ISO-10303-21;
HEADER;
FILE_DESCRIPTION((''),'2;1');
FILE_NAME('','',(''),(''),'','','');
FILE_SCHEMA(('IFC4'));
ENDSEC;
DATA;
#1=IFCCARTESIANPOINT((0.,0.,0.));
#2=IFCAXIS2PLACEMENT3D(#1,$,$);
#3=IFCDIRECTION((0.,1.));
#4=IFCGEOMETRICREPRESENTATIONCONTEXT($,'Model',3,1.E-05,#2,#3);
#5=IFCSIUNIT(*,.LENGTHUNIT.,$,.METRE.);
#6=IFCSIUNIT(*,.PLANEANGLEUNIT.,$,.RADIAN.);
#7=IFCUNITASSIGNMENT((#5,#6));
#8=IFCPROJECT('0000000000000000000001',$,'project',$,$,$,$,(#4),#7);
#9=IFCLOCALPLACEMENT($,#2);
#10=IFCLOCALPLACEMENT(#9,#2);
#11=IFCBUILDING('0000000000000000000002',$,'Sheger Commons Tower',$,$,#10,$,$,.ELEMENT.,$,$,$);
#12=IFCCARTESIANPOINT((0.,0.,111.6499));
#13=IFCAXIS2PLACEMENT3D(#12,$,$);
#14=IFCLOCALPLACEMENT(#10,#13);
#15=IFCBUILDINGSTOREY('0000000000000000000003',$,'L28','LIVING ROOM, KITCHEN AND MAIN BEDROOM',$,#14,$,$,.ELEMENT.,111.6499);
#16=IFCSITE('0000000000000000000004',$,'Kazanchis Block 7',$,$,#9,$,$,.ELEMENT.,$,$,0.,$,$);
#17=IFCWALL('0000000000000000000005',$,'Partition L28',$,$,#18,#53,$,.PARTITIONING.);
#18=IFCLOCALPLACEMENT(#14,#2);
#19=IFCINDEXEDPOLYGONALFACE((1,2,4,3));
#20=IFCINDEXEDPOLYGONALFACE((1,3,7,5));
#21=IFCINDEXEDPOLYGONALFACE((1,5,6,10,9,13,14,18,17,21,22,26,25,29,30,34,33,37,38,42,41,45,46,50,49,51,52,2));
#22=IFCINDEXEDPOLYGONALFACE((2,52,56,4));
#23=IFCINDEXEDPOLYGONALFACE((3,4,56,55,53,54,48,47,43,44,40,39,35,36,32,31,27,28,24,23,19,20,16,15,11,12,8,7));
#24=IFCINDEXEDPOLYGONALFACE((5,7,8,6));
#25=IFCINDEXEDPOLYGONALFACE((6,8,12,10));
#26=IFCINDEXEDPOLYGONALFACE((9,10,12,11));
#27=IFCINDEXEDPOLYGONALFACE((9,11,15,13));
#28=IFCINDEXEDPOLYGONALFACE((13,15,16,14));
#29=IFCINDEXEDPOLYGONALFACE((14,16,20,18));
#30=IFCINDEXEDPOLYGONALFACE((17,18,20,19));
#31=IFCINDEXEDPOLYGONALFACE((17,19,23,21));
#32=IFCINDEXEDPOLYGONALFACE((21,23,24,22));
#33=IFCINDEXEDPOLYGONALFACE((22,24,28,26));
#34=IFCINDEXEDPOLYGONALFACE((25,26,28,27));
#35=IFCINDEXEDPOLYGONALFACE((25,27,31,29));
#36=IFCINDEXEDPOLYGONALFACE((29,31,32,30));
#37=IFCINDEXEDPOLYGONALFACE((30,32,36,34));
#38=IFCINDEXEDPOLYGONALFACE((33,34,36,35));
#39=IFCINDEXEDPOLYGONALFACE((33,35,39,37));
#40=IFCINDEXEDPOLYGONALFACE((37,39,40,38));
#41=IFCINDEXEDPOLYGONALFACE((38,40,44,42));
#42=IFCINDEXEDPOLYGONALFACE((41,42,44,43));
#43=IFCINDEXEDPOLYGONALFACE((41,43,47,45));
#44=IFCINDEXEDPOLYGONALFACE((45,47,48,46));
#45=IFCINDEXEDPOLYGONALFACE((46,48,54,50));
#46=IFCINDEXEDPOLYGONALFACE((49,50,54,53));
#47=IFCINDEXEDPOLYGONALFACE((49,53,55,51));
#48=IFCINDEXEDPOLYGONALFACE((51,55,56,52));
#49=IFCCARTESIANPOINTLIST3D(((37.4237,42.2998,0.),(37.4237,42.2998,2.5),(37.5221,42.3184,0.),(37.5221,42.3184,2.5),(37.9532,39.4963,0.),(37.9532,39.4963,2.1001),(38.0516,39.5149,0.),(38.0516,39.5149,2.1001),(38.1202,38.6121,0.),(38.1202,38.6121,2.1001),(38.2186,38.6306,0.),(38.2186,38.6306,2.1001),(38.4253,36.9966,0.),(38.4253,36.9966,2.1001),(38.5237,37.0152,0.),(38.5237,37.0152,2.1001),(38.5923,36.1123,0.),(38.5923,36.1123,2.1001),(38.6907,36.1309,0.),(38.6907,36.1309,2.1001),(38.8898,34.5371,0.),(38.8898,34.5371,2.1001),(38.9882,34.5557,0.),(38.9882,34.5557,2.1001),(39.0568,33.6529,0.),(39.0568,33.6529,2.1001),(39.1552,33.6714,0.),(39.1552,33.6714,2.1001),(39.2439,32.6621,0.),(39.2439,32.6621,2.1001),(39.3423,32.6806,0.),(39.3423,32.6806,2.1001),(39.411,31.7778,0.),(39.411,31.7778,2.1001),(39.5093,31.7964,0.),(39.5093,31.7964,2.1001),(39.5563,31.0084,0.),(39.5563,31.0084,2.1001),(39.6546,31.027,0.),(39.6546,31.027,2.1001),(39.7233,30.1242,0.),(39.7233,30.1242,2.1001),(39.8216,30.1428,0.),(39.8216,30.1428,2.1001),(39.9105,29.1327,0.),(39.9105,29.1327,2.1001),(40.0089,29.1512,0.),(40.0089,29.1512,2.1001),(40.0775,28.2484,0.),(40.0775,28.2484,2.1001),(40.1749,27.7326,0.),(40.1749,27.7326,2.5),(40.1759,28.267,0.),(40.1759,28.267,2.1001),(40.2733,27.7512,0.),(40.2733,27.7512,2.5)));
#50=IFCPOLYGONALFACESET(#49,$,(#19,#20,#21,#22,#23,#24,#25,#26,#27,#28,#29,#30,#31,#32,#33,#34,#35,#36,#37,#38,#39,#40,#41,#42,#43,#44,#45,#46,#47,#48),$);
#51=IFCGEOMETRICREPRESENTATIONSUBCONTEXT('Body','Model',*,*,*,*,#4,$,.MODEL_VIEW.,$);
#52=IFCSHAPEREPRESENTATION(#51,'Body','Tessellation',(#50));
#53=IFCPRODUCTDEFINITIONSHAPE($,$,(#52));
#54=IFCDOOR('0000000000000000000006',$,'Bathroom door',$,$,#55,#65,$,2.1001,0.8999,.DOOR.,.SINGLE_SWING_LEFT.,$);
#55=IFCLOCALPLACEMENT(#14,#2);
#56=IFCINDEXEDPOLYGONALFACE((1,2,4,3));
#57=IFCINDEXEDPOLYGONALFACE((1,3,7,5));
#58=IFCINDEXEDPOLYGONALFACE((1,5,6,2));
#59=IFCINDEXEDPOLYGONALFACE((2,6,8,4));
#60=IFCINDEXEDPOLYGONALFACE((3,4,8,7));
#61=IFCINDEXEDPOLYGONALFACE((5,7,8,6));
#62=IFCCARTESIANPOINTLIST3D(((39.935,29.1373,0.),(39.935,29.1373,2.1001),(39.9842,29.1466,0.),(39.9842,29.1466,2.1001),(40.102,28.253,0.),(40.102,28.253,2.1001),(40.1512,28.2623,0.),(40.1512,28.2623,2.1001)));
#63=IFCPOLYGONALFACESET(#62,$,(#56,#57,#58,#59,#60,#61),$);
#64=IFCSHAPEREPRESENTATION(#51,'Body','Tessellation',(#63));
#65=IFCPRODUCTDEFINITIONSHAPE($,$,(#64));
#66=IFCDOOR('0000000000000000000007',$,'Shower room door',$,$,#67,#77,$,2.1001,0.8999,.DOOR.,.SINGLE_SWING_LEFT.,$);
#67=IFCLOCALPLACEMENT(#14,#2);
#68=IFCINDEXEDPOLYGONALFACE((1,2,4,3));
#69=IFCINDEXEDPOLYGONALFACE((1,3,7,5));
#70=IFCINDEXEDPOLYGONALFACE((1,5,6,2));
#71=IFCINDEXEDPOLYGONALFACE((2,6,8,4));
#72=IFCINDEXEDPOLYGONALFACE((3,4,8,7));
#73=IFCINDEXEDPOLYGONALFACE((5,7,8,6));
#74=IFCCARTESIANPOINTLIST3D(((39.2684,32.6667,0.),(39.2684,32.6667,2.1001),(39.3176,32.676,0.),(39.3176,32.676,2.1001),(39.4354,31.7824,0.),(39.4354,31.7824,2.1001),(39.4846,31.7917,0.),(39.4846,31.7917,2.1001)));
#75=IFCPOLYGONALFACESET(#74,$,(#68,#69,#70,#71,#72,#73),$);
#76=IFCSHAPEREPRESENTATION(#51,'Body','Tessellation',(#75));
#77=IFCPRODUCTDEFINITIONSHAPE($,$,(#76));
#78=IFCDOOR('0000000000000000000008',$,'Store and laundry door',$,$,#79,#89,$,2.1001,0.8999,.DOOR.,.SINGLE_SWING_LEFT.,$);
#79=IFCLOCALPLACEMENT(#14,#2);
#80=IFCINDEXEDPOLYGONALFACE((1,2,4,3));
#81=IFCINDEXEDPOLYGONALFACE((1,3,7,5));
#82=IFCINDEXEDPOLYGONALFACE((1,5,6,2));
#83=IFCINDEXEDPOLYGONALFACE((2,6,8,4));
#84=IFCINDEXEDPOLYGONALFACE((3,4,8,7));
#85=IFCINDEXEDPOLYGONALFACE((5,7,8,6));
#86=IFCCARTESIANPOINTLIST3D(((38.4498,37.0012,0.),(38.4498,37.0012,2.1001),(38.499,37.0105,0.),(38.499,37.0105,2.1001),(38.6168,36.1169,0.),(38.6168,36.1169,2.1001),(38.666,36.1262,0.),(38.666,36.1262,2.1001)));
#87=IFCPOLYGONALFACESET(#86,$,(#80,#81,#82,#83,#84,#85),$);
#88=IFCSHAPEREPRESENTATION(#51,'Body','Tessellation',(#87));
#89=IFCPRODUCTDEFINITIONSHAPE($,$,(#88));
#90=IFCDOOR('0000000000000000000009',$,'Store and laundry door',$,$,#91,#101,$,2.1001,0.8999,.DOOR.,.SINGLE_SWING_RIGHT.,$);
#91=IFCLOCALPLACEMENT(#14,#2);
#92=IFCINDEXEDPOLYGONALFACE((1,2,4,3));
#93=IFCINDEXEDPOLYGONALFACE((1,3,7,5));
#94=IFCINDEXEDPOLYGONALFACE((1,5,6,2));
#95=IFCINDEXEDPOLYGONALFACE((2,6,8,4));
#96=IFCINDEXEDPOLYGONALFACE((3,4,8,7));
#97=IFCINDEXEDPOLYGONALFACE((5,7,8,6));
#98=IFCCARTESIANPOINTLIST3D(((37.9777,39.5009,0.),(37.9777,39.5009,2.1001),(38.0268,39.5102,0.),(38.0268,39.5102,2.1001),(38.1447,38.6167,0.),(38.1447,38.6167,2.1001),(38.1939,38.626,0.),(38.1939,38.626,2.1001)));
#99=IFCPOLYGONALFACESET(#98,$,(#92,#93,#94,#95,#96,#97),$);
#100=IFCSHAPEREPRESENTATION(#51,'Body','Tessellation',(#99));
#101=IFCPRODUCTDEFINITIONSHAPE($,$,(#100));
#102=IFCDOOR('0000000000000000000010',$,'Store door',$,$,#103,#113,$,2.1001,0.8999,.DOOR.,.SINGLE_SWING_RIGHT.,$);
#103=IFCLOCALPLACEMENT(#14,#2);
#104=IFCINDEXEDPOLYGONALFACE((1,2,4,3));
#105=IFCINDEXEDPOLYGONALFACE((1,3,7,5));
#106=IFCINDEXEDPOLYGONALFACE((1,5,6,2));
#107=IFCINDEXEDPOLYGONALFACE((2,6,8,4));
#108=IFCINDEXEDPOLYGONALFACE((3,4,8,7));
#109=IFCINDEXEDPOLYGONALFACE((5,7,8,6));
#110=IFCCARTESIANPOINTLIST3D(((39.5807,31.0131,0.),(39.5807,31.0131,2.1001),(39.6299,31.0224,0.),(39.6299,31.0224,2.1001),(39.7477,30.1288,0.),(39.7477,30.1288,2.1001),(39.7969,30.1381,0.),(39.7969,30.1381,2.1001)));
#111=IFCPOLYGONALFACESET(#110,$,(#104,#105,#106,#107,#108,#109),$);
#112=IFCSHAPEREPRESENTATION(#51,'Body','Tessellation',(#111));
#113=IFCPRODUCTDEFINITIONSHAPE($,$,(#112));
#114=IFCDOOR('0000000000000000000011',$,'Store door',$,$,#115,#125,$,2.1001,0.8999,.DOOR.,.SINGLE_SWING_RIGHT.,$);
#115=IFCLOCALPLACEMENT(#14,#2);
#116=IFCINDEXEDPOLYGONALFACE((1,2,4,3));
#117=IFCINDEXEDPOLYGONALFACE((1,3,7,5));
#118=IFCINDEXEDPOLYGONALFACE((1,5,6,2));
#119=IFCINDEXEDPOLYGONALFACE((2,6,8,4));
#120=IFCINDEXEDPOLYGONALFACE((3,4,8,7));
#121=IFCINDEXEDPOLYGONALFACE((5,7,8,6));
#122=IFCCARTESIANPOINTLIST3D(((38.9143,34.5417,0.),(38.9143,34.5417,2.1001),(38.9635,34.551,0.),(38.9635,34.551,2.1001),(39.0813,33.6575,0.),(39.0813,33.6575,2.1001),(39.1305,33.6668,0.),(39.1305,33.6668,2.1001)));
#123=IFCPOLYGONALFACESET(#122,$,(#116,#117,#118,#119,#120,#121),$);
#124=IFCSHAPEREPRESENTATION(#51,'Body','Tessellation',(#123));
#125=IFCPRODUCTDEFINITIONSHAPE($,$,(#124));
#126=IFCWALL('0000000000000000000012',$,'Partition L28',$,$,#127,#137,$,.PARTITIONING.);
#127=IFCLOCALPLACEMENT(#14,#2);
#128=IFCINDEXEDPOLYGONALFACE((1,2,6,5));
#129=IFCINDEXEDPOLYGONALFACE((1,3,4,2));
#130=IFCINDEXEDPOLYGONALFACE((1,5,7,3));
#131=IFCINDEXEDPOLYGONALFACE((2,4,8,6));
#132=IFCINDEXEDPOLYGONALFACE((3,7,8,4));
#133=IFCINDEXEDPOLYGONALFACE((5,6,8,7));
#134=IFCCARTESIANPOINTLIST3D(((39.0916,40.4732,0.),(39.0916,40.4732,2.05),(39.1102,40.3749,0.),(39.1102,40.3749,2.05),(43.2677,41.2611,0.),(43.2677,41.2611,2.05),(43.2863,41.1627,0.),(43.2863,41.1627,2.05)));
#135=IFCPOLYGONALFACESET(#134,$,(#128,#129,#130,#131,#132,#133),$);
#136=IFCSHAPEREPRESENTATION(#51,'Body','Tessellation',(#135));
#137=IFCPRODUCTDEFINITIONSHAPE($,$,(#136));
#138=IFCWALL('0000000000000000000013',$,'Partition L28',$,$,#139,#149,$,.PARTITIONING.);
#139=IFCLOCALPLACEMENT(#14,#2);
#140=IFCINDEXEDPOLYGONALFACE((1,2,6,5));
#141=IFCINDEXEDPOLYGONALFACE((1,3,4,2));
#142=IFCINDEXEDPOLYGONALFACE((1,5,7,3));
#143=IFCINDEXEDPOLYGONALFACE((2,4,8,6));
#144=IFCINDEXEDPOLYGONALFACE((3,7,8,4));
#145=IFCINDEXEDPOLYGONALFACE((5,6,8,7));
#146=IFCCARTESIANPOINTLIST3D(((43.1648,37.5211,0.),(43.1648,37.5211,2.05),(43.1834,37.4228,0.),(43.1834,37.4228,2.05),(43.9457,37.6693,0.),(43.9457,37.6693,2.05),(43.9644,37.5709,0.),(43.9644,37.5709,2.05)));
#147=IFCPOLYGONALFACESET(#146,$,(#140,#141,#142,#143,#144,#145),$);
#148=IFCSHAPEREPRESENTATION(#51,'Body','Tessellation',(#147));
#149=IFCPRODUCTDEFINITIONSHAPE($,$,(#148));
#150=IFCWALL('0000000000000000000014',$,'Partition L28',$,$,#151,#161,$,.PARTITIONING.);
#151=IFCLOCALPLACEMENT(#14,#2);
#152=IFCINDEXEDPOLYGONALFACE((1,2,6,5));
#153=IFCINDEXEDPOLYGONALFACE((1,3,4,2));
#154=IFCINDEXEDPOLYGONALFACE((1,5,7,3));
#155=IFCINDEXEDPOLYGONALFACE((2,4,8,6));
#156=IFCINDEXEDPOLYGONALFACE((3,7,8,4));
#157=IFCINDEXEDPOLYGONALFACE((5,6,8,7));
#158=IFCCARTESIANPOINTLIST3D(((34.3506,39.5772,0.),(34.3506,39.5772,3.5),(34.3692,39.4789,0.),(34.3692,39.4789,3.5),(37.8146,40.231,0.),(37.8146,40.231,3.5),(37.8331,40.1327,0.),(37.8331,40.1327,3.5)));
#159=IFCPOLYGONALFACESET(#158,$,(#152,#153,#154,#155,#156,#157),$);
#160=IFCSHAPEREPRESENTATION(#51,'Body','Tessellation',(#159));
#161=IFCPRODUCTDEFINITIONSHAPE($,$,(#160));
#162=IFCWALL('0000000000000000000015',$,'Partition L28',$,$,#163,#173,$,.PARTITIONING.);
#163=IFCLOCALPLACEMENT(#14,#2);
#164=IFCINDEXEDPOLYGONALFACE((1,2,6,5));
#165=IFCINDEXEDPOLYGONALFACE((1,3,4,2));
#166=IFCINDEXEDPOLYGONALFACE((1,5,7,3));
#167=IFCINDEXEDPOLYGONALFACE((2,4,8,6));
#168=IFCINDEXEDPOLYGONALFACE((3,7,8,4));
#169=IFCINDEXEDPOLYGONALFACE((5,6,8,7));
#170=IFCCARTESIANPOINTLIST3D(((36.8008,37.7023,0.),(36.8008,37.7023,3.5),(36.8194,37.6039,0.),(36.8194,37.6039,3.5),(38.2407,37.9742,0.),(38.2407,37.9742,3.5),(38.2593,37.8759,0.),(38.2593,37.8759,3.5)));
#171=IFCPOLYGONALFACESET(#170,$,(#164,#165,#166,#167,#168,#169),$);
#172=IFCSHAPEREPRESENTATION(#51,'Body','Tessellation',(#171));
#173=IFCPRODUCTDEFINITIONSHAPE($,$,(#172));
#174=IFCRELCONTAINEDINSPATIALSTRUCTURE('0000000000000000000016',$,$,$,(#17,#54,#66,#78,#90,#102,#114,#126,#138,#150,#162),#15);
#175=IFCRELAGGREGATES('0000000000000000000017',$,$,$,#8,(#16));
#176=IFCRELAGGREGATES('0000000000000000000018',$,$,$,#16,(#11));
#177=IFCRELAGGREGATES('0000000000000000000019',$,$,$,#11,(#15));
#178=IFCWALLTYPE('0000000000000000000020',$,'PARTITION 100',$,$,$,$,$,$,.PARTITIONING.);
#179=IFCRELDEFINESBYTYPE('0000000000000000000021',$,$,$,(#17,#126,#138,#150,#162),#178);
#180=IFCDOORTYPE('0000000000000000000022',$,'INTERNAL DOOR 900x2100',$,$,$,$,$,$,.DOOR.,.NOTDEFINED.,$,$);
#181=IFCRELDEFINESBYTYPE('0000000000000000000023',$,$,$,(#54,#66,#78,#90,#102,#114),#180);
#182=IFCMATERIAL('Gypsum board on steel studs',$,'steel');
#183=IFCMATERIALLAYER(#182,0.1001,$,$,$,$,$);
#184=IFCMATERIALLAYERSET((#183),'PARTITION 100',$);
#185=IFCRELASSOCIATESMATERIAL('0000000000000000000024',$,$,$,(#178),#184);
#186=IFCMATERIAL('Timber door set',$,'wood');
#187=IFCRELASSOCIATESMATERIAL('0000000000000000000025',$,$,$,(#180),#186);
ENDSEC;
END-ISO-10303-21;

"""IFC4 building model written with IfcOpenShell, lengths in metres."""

from ifc_helpers import new_model, si_unit, direction, frame, frame_2d, origin, place, context, subcontext, project, spatial, rectangle, extrude, material, layer, layer_set, type_object, element, fill, save


model = new_model("IFC4")

# Units and contexts
model_context = context("Model", 3, precision=1e-05, world=origin(), true_north=direction((0.0, 1.0)))
body_context = subcontext(model_context, "Body", "Model", "MODEL_VIEW")
ifc_project = project(units=[si_unit("LENGTHUNIT", "METRE"), si_unit("PLANEANGLEUNIT", "RADIAN")], contexts=[model_context])

# Site, building, storey
site_placement = place(None, origin())
site = spatial("IfcSite", under=ifc_project, at=site_placement, Name="Kazanchis Block 7", CompositionType="ELEMENT", RefElevation=0.0)
building_placement = place(site_placement, origin())
building = spatial("IfcBuilding", under=site, at=building_placement, Name="Sheger Commons Tower", CompositionType="ELEMENT")
storey_placement = place(building_placement, frame((0.0, 0.0, 111.6499)))
storey = spatial("IfcBuildingStorey", under=building, at=storey_placement, Name="L28", Description="LIVING ROOM, KITCHEN AND MAIN BEDROOM", CompositionType="ELEMENT", Elevation=111.6499)

# Shared definitions
ifc_material_1 = material(Name="Gypsum board on steel studs", Category="steel")
ifc_layer_1 = layer(ifc_material_1, 0.1001)
ifc_layer_set_1 = layer_set([ifc_layer_1], Name="PARTITION 100")
wall_type = type_object("IfcWallType", Name="PARTITION 100", PredefinedType="PARTITIONING", material=ifc_layer_set_1)

# Wall, openings, doors
ifc_material_2 = material(Name="Timber door set", Category="wood")
door_type = type_object("IfcDoorType", Name="INTERNAL DOOR 900x2100", OperationType="NOTDEFINED", PredefinedType="DOOR", material=ifc_material_2)
wall_1_placement = place(storey_placement, frame((37.4729, 42.3091, 0.0), z_axis=(0.0, 0.0, 1.0), x_axis=(0.185584, -0.982628, 0.0)))
wall_1 = element("IfcWall", 1, at=wall_1_placement, inside=storey, type_object=wall_type, Name="Partition L28", PredefinedType="PARTITIONING", context=body_context, shape_type="SweptSolid", body=[
    extrude(rectangle(XDim=14.8247, YDim=0.1001, at=frame_2d((7.4124, 0.0))), origin(), (0.0, 0.0, 1.0), 2.5),
])
opening_1_placement = place(wall_1_placement, frame((13.3999, 0.0, 0.0)))
opening_1 = element("IfcOpeningElement", 2, at=opening_1_placement, cuts=wall_1, PredefinedType="OPENING", context=body_context, shape_type="SweptSolid", body=[
    extrude(rectangle(XDim=0.8999, YDim=2.1001, at=frame_2d((0.45, 1.05))), frame((0.0, 0.0601, 0.0), z_axis=(0.0, -1.0, 0.0), x_axis=(1.0, 0.0, 0.0)), (0.0, 0.0, 1.0), 0.1201),
])
opening_2_placement = place(wall_1_placement, frame((9.8081, 0.0, 0.0)))
opening_2 = element("IfcOpeningElement", 3, at=opening_2_placement, cuts=wall_1, PredefinedType="OPENING", context=body_context, shape_type="SweptSolid", body=[
    extrude(rectangle(XDim=0.8999, YDim=2.1001, at=frame_2d((0.45, 1.05))), frame((0.0, 0.0601, 0.0), z_axis=(0.0, -1.0, 0.0), x_axis=(1.0, 0.0, 0.0)), (0.0, 0.0, 1.0), 0.1201),
])
opening_3_placement = place(wall_1_placement, frame((5.397, 0.0, 0.0)))
opening_3 = element("IfcOpeningElement", 4, at=opening_3_placement, cuts=wall_1, PredefinedType="OPENING", context=body_context, shape_type="SweptSolid", body=[
    extrude(rectangle(XDim=0.8999, YDim=2.1001, at=frame_2d((0.45, 1.05))), frame((0.0, 0.0601, 0.0), z_axis=(0.0, -1.0, 0.0), x_axis=(1.0, 0.0, 0.0)), (0.0, 0.0, 1.0), 0.1201),
])
opening_4_placement = place(wall_1_placement, frame((2.853, 0.0, 0.0)))
opening_4 = element("IfcOpeningElement", 5, at=opening_4_placement, cuts=wall_1, PredefinedType="OPENING", context=body_context, shape_type="SweptSolid", body=[
    extrude(rectangle(XDim=0.8999, YDim=2.1001, at=frame_2d((0.45, 1.05))), frame((0.0, 0.0601, 0.0), z_axis=(0.0, -1.0, 0.0), x_axis=(1.0, 0.0, 0.0)), (0.0, 0.0, 1.0), 0.1201),
])
opening_5_placement = place(wall_1_placement, frame((11.491, 0.0, 0.0)))
opening_5 = element("IfcOpeningElement", 6, at=opening_5_placement, cuts=wall_1, PredefinedType="OPENING", context=body_context, shape_type="SweptSolid", body=[
    extrude(rectangle(XDim=0.8999, YDim=2.1001, at=frame_2d((0.45, 1.05))), frame((0.0, 0.0601, 0.0), z_axis=(0.0, -1.0, 0.0), x_axis=(1.0, 0.0, 0.0)), (0.0, 0.0, 1.0), 0.1201),
])
opening_6_placement = place(wall_1_placement, frame((7.8999, 0.0, 0.0)))
opening_6 = element("IfcOpeningElement", 7, at=opening_6_placement, cuts=wall_1, PredefinedType="OPENING", context=body_context, shape_type="SweptSolid", body=[
    extrude(rectangle(XDim=0.8999, YDim=2.1001, at=frame_2d((0.45, 1.05))), frame((0.0, 0.0601, 0.0), z_axis=(0.0, -1.0, 0.0), x_axis=(1.0, 0.0, 0.0)), (0.0, 0.0, 1.0), 0.1201),
])
door_1_placement = place(opening_1_placement, origin())
door_1 = element("IfcDoor", 8, at=door_1_placement, inside=storey, type_object=door_type, Name="Bathroom door", OperationType="SINGLE_SWING_LEFT", OverallHeight=2.1001, OverallWidth=0.8999, PredefinedType="DOOR", context=body_context, shape_type="SweptSolid", body=[
    extrude(rectangle(XDim=0.8999, YDim=2.1001, at=frame_2d((0.45, 1.05))), frame((0.0, 0.0249, 0.0), z_axis=(0.0, -1.0, 0.0), x_axis=(1.0, 0.0, 0.0)), (0.0, 0.0, 1.0), 0.05),
])
fill(opening_1, door_1)
door_2_placement = place(opening_2_placement, origin())
door_2 = element("IfcDoor", 9, at=door_2_placement, inside=storey, type_object=door_type, Name="Shower room door", OperationType="SINGLE_SWING_LEFT", OverallHeight=2.1001, OverallWidth=0.8999, PredefinedType="DOOR", context=body_context, shape_type="SweptSolid", body=[
    extrude(rectangle(XDim=0.8999, YDim=2.1001, at=frame_2d((0.45, 1.05))), frame((0.0, 0.0249, 0.0), z_axis=(0.0, -1.0, 0.0), x_axis=(1.0, 0.0, 0.0)), (0.0, 0.0, 1.0), 0.05),
])
fill(opening_2, door_2)
door_3_placement = place(opening_3_placement, origin())
door_3 = element("IfcDoor", 10, at=door_3_placement, inside=storey, type_object=door_type, Name="Store and laundry door", OperationType="SINGLE_SWING_LEFT", OverallHeight=2.1001, OverallWidth=0.8999, PredefinedType="DOOR", context=body_context, shape_type="SweptSolid", body=[
    extrude(rectangle(XDim=0.8999, YDim=2.1001, at=frame_2d((0.45, 1.05))), frame((0.0, 0.0249, 0.0), z_axis=(0.0, -1.0, 0.0), x_axis=(1.0, 0.0, 0.0)), (0.0, 0.0, 1.0), 0.05),
])
fill(opening_3, door_3)
door_4_placement = place(opening_4_placement, origin())
door_4 = element("IfcDoor", 11, at=door_4_placement, inside=storey, type_object=door_type, Name="Store and laundry door", OperationType="SINGLE_SWING_RIGHT", OverallHeight=2.1001, OverallWidth=0.8999, PredefinedType="DOOR", context=body_context, shape_type="SweptSolid", body=[
    extrude(rectangle(XDim=0.8999, YDim=2.1001, at=frame_2d((0.45, 1.05))), frame((0.0, 0.0249, 0.0), z_axis=(0.0, -1.0, 0.0), x_axis=(1.0, 0.0, 0.0)), (0.0, 0.0, 1.0), 0.05),
])
fill(opening_4, door_4)
door_5_placement = place(opening_5_placement, origin())
door_5 = element("IfcDoor", 12, at=door_5_placement, inside=storey, type_object=door_type, Name="Store door", OperationType="SINGLE_SWING_RIGHT", OverallHeight=2.1001, OverallWidth=0.8999, PredefinedType="DOOR", context=body_context, shape_type="SweptSolid", body=[
    extrude(rectangle(XDim=0.8999, YDim=2.1001, at=frame_2d((0.45, 1.05))), frame((0.0, 0.0249, 0.0), z_axis=(0.0, -1.0, 0.0), x_axis=(1.0, 0.0, 0.0)), (0.0, 0.0, 1.0), 0.05),
])
fill(opening_5, door_5)
door_6_placement = place(opening_6_placement, origin())
door_6 = element("IfcDoor", 13, at=door_6_placement, inside=storey, type_object=door_type, Name="Store door", OperationType="SINGLE_SWING_RIGHT", OverallHeight=2.1001, OverallWidth=0.8999, PredefinedType="DOOR", context=body_context, shape_type="SweptSolid", body=[
    extrude(rectangle(XDim=0.8999, YDim=2.1001, at=frame_2d((0.45, 1.05))), frame((0.0, 0.0249, 0.0), z_axis=(0.0, -1.0, 0.0), x_axis=(1.0, 0.0, 0.0)), (0.0, 0.0, 1.0), 0.05),
])
fill(opening_6, door_6)

# Walls
wall_2_placement = place(storey_placement, frame((43.2771, 41.2119, 0.0), z_axis=(0.0, 0.0, 1.0), x_axis=(-0.982665, -0.185388, 0.0)))
element("IfcWall", 14, at=wall_2_placement, inside=storey, type_object=wall_type, Name="Partition L28", PredefinedType="PARTITIONING", context=body_context, shape_type="SweptSolid", body=[
    extrude(rectangle(XDim=4.2498, YDim=0.1001, at=frame_2d((2.125, 0.0))), origin(), (0.0, 0.0, 1.0), 2.05),
])
wall_3_placement = place(storey_placement, frame((43.9551, 37.6201, 0.0), z_axis=(0.0, 0.0, 1.0), x_axis=(-0.98247, -0.186421, 0.0)))
element("IfcWall", 15, at=wall_3_placement, inside=storey, type_object=wall_type, Name="Partition L28", PredefinedType="PARTITIONING", context=body_context, shape_type="SweptSolid", body=[
    extrude(rectangle(XDim=0.7949, YDim=0.1001, at=frame_2d((0.3975, 0.0))), origin(), (0.0, 0.0, 1.0), 2.05),
])
wall_4_placement = place(storey_placement, frame((37.824, 40.1819, 0.0), z_axis=(0.0, 0.0, 1.0), x_axis=(-0.982649, -0.185476, 0.0)))
element("IfcWall", 16, at=wall_4_placement, inside=storey, type_object=wall_type, Name="Partition L28", PredefinedType="PARTITIONING", context=body_context, shape_type="SweptSolid", body=[
    extrude(rectangle(XDim=3.5251, YDim=0.1001, at=frame_2d((1.7627, 0.0))), origin(), (0.0, 0.0, 1.0), 3.5),
])
wall_5_placement = place(storey_placement, frame((38.25, 37.925, 0.0), z_axis=(0.0, 0.0, 1.0), x_axis=(-0.982626, -0.185596, 0.0)))
element("IfcWall", 17, at=wall_5_placement, inside=storey, type_object=wall_type, Name="Partition L28", PredefinedType="PARTITIONING", context=body_context, shape_type="SweptSolid", body=[
    extrude(rectangle(XDim=1.4653, YDim=0.1001, at=frame_2d((0.7327, 0.0))), origin(), (0.0, 0.0, 1.0), 3.5),
])

save(model, "model.ifc")
